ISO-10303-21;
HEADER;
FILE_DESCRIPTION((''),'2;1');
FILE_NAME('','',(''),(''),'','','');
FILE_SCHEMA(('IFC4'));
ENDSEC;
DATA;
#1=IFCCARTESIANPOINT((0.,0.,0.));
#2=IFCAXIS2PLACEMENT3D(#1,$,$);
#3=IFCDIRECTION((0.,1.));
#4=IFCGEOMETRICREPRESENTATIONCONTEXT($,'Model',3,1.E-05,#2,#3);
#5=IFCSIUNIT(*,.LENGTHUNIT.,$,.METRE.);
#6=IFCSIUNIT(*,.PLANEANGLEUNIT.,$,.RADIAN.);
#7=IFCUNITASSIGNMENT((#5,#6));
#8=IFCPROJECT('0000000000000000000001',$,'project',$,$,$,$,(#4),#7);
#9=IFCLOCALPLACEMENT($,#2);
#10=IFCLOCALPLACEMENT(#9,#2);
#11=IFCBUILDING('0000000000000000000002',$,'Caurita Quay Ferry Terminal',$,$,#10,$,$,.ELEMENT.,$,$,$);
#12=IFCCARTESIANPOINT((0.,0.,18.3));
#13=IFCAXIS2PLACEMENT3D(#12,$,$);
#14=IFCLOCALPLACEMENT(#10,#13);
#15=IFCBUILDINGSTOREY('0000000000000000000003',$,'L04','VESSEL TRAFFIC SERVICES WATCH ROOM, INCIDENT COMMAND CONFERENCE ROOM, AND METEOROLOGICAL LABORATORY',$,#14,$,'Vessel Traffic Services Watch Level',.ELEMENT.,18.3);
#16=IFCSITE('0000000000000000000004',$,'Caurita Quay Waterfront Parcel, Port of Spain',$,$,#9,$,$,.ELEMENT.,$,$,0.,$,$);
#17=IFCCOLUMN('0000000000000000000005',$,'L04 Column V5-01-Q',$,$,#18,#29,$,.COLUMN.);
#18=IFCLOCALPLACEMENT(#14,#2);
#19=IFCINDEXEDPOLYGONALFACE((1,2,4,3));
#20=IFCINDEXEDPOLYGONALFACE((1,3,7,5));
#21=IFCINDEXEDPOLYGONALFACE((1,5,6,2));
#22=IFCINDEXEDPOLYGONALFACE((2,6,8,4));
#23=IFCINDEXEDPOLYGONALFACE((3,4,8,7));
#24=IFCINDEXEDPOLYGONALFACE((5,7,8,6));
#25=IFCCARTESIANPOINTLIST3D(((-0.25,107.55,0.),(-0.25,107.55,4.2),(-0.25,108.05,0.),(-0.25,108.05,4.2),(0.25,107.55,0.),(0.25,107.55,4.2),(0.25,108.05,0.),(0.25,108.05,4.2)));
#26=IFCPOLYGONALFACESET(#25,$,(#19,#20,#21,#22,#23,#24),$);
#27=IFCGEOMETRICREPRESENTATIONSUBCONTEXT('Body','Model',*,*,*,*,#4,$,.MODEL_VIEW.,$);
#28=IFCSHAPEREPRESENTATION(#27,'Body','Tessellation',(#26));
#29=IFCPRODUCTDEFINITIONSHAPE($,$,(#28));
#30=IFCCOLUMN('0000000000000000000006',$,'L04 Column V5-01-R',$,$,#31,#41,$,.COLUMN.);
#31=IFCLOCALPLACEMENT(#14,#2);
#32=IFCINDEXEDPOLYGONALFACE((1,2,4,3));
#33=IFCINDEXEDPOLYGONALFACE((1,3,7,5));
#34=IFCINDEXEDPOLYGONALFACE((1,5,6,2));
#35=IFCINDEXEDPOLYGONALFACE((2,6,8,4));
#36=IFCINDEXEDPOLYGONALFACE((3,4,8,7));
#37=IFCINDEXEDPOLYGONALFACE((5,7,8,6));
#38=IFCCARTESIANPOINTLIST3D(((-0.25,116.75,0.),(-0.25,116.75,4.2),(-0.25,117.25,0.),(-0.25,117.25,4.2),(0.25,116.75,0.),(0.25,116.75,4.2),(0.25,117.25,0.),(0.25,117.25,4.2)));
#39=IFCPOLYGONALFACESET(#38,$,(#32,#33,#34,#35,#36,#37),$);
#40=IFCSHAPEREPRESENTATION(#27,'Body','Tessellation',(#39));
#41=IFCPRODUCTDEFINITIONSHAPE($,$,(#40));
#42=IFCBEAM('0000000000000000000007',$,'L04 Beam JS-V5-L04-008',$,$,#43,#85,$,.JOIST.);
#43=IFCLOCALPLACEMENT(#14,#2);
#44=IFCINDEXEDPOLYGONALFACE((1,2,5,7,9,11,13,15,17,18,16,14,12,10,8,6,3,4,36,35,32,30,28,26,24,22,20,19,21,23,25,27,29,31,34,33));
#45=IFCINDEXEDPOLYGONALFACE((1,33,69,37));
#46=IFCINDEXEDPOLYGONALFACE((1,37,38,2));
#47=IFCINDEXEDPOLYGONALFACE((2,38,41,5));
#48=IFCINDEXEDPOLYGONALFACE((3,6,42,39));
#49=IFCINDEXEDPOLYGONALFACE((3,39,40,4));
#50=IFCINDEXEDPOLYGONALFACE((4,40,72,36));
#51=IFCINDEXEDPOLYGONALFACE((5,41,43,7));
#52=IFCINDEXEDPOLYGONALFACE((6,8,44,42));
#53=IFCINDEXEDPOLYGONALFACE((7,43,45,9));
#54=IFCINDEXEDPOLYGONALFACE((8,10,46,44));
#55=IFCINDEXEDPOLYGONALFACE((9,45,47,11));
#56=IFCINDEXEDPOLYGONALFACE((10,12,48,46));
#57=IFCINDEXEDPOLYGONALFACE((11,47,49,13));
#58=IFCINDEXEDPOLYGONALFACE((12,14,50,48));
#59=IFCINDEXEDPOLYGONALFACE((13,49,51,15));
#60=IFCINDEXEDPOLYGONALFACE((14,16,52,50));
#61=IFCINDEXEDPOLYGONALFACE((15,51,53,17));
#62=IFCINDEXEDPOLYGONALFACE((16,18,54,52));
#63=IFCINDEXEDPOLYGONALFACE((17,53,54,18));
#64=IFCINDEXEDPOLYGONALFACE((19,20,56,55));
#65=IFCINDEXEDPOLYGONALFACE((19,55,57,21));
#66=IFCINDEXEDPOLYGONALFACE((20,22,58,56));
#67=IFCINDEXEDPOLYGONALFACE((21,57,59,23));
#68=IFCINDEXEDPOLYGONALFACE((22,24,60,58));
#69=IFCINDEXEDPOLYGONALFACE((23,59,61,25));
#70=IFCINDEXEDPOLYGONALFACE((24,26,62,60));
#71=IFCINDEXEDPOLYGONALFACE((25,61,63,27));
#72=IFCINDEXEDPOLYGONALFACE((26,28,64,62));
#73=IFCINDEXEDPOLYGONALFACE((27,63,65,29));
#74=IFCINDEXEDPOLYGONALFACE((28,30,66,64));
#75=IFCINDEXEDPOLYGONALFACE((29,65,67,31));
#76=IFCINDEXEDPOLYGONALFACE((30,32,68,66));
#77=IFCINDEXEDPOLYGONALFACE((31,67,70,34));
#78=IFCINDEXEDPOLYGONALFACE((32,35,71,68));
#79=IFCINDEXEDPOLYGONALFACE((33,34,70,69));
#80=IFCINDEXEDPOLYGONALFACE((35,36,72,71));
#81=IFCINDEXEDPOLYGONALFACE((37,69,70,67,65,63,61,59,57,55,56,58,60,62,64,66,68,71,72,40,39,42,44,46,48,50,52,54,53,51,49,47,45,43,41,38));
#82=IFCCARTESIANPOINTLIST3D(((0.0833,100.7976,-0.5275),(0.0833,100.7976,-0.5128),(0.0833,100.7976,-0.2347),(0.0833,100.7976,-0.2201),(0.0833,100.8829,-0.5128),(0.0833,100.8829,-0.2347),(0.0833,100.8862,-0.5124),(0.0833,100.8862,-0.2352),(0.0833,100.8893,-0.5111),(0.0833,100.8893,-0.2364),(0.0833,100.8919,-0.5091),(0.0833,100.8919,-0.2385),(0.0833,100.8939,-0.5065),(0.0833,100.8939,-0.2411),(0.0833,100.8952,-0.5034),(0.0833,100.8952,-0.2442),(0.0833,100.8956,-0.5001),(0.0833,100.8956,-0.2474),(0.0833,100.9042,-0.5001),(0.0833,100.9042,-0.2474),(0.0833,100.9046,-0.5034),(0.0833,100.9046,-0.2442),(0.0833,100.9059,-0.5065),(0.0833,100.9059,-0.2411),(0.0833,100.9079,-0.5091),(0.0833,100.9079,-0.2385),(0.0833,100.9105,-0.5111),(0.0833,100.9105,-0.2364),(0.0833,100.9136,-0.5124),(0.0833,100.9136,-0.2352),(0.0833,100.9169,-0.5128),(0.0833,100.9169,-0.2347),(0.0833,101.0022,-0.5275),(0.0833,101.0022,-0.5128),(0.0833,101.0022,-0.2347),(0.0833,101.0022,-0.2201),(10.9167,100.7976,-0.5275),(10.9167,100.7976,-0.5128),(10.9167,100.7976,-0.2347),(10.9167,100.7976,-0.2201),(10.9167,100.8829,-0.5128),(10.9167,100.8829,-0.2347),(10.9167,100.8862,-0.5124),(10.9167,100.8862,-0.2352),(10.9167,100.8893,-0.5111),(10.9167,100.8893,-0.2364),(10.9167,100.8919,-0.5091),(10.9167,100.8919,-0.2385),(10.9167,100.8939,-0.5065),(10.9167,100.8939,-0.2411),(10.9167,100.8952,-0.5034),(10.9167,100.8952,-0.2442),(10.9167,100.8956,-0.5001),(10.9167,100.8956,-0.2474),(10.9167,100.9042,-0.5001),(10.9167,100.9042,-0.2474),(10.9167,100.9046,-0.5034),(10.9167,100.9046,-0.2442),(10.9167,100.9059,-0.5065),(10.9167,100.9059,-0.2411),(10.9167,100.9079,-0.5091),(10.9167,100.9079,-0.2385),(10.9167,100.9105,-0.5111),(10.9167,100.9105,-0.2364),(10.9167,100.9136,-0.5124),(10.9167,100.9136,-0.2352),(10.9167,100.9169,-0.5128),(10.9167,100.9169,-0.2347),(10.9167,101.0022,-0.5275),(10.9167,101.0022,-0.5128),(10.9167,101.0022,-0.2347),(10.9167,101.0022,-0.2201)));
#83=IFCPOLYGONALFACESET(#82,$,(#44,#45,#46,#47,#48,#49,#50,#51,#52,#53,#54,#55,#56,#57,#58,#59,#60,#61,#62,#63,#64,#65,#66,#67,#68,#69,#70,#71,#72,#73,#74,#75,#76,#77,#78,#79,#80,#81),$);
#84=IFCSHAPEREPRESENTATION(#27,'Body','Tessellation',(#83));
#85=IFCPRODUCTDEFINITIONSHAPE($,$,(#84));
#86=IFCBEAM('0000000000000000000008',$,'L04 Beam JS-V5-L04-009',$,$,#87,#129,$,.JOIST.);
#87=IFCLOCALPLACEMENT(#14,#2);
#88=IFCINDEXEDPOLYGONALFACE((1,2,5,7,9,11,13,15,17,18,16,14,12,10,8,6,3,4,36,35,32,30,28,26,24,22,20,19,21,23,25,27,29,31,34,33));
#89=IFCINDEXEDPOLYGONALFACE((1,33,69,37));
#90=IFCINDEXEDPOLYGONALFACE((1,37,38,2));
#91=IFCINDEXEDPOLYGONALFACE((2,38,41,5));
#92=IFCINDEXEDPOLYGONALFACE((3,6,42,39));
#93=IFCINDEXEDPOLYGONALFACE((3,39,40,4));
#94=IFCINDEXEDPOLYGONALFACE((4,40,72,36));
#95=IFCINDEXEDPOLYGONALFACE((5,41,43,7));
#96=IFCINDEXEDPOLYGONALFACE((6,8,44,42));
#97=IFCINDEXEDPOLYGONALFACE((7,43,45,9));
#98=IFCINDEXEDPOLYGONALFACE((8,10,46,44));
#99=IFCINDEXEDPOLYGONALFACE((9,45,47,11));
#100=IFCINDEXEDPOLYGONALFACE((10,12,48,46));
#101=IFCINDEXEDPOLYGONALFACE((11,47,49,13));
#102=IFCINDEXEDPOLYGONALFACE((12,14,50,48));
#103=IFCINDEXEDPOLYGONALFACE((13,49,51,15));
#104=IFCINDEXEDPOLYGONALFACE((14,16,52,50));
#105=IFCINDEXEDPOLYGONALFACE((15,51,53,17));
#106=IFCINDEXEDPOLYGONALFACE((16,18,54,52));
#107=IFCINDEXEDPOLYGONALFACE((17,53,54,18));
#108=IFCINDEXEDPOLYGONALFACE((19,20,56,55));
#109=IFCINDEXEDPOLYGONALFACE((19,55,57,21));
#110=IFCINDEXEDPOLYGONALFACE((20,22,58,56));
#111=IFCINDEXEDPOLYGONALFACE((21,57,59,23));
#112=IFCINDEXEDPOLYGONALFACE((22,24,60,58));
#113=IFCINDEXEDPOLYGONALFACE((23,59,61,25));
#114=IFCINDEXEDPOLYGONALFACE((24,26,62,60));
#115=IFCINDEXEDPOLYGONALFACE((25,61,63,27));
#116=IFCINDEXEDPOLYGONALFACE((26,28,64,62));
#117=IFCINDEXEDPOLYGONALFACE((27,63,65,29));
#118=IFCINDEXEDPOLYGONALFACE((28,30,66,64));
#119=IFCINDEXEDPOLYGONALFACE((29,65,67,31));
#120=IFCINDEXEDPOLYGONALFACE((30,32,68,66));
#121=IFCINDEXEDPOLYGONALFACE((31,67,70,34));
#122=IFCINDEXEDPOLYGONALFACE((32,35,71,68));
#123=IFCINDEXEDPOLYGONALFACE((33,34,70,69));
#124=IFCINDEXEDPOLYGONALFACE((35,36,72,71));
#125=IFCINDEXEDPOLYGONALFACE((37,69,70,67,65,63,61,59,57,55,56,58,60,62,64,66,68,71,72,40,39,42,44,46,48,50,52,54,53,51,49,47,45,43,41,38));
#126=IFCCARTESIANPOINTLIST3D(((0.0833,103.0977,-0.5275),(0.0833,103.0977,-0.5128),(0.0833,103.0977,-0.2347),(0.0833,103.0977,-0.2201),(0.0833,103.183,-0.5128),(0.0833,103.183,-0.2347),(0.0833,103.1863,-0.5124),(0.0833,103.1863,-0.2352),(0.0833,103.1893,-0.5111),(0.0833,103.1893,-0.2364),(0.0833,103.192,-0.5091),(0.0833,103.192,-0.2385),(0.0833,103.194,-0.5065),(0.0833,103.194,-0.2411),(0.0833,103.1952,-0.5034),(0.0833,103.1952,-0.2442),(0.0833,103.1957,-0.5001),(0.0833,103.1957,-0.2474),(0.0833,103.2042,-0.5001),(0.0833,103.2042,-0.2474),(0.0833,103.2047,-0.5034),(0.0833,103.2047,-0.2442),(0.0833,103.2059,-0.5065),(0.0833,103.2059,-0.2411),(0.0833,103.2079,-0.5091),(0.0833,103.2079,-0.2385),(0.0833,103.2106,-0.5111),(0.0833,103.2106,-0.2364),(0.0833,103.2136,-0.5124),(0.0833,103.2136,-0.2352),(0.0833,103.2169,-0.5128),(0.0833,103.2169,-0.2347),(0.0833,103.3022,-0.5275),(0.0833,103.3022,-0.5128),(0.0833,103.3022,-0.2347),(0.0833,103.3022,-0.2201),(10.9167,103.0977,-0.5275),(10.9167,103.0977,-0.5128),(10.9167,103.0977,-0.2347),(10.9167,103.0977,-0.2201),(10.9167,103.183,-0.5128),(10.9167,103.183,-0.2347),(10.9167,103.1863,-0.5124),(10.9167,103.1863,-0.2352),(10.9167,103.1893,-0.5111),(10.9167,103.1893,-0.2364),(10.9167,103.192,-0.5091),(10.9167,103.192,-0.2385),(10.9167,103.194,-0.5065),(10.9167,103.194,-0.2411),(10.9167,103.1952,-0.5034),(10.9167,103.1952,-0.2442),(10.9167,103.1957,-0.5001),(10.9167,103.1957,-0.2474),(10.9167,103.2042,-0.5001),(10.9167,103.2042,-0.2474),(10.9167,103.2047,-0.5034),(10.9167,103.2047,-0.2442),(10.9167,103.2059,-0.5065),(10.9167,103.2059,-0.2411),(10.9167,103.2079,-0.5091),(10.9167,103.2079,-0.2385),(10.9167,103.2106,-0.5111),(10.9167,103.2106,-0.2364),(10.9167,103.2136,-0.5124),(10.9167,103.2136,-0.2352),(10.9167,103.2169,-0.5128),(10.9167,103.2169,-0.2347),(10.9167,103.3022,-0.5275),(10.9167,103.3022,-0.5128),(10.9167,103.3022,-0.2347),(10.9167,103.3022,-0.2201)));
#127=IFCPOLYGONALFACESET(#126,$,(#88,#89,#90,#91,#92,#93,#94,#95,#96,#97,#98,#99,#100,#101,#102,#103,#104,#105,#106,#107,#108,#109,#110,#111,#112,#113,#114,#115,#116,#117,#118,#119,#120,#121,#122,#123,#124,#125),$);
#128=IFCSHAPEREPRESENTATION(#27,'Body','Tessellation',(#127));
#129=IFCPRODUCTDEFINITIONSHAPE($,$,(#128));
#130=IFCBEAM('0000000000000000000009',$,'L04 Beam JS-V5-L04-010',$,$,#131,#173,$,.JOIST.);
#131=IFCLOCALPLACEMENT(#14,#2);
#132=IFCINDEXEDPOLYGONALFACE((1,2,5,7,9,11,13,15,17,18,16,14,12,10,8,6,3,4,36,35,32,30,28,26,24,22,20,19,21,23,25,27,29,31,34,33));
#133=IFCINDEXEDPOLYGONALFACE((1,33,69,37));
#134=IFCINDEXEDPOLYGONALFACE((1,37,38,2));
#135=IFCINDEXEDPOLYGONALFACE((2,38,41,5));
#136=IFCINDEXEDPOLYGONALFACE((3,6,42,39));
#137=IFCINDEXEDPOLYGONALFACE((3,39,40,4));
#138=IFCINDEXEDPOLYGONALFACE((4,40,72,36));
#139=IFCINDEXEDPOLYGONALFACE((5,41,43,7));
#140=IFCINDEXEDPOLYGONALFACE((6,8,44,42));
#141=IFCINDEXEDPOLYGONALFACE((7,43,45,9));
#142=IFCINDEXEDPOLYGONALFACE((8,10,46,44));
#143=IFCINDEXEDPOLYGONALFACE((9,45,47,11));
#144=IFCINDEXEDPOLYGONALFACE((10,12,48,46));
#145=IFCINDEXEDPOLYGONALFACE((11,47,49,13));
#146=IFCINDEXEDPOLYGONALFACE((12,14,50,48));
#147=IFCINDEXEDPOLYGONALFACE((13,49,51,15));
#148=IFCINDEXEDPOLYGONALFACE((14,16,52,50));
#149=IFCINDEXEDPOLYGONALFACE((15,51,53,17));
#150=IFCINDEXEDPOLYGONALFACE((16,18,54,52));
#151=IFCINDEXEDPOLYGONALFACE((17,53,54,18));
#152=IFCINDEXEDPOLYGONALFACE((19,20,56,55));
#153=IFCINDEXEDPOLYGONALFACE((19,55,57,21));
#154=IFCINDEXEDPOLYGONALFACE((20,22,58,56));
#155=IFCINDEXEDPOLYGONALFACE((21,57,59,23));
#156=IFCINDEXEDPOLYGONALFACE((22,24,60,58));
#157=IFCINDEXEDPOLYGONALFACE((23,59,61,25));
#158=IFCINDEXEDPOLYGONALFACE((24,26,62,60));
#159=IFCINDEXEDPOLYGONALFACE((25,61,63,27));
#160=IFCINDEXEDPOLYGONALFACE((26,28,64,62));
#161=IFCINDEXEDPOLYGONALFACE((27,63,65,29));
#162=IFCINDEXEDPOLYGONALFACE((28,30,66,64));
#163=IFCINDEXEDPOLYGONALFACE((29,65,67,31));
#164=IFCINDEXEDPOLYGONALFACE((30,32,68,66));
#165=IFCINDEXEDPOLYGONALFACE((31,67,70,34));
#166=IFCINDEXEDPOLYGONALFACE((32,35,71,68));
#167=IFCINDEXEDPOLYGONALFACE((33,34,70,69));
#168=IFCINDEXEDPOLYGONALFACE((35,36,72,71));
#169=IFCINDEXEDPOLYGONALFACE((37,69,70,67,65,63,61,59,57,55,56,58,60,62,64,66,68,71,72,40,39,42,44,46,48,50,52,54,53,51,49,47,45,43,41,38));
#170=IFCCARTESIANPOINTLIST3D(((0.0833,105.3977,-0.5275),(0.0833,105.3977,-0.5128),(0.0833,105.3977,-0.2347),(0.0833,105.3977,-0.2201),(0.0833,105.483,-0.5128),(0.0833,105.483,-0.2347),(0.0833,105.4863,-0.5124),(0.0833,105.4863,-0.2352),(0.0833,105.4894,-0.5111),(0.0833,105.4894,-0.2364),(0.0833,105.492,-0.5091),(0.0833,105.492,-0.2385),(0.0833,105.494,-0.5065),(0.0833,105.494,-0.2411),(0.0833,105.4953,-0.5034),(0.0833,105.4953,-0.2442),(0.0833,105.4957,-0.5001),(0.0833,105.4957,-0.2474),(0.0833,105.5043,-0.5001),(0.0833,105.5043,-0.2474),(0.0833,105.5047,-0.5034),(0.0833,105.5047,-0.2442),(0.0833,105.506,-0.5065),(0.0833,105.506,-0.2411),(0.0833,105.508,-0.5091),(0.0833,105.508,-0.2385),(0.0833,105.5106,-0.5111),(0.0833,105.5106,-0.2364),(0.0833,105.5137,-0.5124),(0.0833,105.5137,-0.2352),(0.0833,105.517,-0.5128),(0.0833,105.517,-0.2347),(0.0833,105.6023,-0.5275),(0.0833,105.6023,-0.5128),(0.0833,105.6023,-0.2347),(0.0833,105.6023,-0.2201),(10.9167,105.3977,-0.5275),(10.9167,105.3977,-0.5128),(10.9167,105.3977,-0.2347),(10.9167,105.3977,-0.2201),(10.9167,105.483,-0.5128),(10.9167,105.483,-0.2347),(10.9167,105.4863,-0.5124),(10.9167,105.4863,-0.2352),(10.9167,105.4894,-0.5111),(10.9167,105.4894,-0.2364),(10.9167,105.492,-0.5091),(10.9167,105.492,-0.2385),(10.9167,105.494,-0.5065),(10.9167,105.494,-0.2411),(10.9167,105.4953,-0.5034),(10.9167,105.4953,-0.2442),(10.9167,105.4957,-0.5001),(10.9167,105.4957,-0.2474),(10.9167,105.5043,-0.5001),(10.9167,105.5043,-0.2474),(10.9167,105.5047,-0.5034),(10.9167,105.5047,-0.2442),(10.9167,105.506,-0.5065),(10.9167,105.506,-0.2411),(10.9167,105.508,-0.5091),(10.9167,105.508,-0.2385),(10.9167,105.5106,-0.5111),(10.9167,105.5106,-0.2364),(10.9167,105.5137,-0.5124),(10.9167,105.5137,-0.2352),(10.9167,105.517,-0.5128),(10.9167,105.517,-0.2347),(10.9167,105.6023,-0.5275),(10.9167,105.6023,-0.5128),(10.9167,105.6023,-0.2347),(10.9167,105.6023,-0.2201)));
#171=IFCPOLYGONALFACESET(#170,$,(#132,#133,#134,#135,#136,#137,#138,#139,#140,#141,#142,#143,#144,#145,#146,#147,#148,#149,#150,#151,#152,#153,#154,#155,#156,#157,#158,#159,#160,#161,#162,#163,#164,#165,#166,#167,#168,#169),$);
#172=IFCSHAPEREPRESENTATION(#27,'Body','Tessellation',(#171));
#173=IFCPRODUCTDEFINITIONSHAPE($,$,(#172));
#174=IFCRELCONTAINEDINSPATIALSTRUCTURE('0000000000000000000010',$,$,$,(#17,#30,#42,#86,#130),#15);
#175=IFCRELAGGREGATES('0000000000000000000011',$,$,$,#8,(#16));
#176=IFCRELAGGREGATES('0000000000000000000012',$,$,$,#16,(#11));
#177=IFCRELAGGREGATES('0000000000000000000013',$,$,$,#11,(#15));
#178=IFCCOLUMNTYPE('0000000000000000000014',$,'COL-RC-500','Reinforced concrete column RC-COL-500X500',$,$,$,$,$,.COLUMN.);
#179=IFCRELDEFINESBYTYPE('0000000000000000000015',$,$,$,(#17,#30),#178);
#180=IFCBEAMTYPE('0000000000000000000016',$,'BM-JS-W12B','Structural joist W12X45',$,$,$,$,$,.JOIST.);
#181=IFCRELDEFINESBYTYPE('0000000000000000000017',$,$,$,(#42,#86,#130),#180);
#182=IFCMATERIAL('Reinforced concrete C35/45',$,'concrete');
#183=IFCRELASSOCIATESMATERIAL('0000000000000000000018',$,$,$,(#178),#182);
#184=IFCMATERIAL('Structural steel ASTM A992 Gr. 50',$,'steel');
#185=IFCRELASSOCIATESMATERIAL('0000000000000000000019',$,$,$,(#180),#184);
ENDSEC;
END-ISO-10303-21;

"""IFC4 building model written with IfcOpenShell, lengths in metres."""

from ifc_helpers import new_model, si_unit, direction, frame, origin, origin_2d, place, context, subcontext, project, spatial, rectangle, i_section, extrude, material, material_profile, profile_set, type_object, element, save


model = new_model("IFC4")

# Units and contexts
model_context = context("Model", 3, precision=1e-05, world=origin(), true_north=direction((0.0, 1.0)))
body_context = subcontext(model_context, "Body", "Model", "MODEL_VIEW")
ifc_project = project(units=[si_unit("LENGTHUNIT", "METRE"), si_unit("PLANEANGLEUNIT", "RADIAN")], contexts=[model_context])

# Site, building, storey
site_placement = place(None, origin())
site = spatial("IfcSite", under=ifc_project, at=site_placement, Name="Caurita Quay Waterfront Parcel, Port of Spain", CompositionType="ELEMENT", RefElevation=0.0)
building_placement = place(site_placement, origin())
building = spatial("IfcBuilding", under=site, at=building_placement, Name="Caurita Quay Ferry Terminal", CompositionType="ELEMENT")
storey_placement = place(building_placement, frame((0.0, 0.0, 18.3)))
storey = spatial("IfcBuildingStorey", under=building, at=storey_placement, Name="L04", Description="VESSEL TRAFFIC SERVICES WATCH ROOM, INCIDENT COMMAND CONFERENCE ROOM, AND METEOROLOGICAL LABORATORY", LongName="Vessel Traffic Services Watch Level", CompositionType="ELEMENT", Elevation=18.3)

# Columns
ifc_material_1 = material(Name="Reinforced concrete C35/45", Category="concrete")
ifc_material_profile_1 = material_profile(ifc_material_1, rectangle(XDim=0.5, YDim=0.5, at=origin_2d()), Name="RC-COL-500X500")
ifc_profile_set_1 = profile_set([ifc_material_profile_1], Name="Reinforced concrete C35/45")
column_type = type_object("IfcColumnType", Name="COL-RC-500", Description="Reinforced concrete column RC-COL-500X500", PredefinedType="COLUMN", material=ifc_profile_set_1)
for number, where, z_axis, x_axis, name in (
    (1, (0.0, 107.8, 0.0), (0.0, 0.0, 1.0), (1.0, 0.0, 0.0), "L04 Column V5-01-Q"),
    (2, (0.0, 117.0, 0.0), (0.0, 0.0, 1.0), (1.0, 0.0, 0.0), "L04 Column V5-01-R"),
):
    element("IfcColumn", number, at=place(storey_placement, frame(where, z_axis=z_axis, x_axis=x_axis)), inside=storey, type_object=column_type, Name=name, PredefinedType="COLUMN", context=body_context, shape_type="SweptSolid", body=[
        extrude(rectangle(XDim=0.5, YDim=0.5, at=origin_2d()), origin(), (0.0, 0.0, 1.0), 4.2),
    ])

# Beams
ifc_material_2 = material(Name="Structural steel ASTM A992 Gr. 50", Category="steel")
ifc_material_profile_2 = material_profile(ifc_material_2, i_section(OverallWidth=0.2046, OverallDepth=0.3074, WebThickness=0.0085, FlangeThickness=0.0146, FilletRadius=0.0127, at=origin_2d()), Name="W12X45")
ifc_profile_set_2 = profile_set([ifc_material_profile_2], Name="Structural steel ASTM A992 Gr. 50")
beam_type_1 = type_object("IfcBeamType", Name="BM-JS-W12B", Description="Structural joist W12X45", PredefinedType="JOIST", material=ifc_profile_set_2)
for number, where, z_axis, x_axis, name in (
    (3, (0.0833, 100.8999, -0.3738), (1.0, 0.0, 0.0), (0.0, 1.0, 0.0), "L04 Beam JS-V5-L04-008"),
    (4, (0.0833, 103.2, -0.3738), (1.0, 0.0, 0.0), (0.0, 1.0, 0.0), "L04 Beam JS-V5-L04-009"),
    (5, (0.0833, 105.5, -0.3738), (1.0, 0.0, 0.0), (0.0, 1.0, 0.0), "L04 Beam JS-V5-L04-010"),
):
    element("IfcBeam", number, at=place(storey_placement, frame(where, z_axis=z_axis, x_axis=x_axis)), inside=storey, type_object=beam_type_1, Name=name, PredefinedType="JOIST", context=body_context, shape_type="SweptSolid", body=[
        extrude(i_section(OverallWidth=0.2046, OverallDepth=0.3074, WebThickness=0.0085, FlangeThickness=0.0146, FilletRadius=0.0127, at=origin_2d()), origin(), (0.0, 0.0, 1.0), 10.8335),
    ])

save(model, "model.ifc")
